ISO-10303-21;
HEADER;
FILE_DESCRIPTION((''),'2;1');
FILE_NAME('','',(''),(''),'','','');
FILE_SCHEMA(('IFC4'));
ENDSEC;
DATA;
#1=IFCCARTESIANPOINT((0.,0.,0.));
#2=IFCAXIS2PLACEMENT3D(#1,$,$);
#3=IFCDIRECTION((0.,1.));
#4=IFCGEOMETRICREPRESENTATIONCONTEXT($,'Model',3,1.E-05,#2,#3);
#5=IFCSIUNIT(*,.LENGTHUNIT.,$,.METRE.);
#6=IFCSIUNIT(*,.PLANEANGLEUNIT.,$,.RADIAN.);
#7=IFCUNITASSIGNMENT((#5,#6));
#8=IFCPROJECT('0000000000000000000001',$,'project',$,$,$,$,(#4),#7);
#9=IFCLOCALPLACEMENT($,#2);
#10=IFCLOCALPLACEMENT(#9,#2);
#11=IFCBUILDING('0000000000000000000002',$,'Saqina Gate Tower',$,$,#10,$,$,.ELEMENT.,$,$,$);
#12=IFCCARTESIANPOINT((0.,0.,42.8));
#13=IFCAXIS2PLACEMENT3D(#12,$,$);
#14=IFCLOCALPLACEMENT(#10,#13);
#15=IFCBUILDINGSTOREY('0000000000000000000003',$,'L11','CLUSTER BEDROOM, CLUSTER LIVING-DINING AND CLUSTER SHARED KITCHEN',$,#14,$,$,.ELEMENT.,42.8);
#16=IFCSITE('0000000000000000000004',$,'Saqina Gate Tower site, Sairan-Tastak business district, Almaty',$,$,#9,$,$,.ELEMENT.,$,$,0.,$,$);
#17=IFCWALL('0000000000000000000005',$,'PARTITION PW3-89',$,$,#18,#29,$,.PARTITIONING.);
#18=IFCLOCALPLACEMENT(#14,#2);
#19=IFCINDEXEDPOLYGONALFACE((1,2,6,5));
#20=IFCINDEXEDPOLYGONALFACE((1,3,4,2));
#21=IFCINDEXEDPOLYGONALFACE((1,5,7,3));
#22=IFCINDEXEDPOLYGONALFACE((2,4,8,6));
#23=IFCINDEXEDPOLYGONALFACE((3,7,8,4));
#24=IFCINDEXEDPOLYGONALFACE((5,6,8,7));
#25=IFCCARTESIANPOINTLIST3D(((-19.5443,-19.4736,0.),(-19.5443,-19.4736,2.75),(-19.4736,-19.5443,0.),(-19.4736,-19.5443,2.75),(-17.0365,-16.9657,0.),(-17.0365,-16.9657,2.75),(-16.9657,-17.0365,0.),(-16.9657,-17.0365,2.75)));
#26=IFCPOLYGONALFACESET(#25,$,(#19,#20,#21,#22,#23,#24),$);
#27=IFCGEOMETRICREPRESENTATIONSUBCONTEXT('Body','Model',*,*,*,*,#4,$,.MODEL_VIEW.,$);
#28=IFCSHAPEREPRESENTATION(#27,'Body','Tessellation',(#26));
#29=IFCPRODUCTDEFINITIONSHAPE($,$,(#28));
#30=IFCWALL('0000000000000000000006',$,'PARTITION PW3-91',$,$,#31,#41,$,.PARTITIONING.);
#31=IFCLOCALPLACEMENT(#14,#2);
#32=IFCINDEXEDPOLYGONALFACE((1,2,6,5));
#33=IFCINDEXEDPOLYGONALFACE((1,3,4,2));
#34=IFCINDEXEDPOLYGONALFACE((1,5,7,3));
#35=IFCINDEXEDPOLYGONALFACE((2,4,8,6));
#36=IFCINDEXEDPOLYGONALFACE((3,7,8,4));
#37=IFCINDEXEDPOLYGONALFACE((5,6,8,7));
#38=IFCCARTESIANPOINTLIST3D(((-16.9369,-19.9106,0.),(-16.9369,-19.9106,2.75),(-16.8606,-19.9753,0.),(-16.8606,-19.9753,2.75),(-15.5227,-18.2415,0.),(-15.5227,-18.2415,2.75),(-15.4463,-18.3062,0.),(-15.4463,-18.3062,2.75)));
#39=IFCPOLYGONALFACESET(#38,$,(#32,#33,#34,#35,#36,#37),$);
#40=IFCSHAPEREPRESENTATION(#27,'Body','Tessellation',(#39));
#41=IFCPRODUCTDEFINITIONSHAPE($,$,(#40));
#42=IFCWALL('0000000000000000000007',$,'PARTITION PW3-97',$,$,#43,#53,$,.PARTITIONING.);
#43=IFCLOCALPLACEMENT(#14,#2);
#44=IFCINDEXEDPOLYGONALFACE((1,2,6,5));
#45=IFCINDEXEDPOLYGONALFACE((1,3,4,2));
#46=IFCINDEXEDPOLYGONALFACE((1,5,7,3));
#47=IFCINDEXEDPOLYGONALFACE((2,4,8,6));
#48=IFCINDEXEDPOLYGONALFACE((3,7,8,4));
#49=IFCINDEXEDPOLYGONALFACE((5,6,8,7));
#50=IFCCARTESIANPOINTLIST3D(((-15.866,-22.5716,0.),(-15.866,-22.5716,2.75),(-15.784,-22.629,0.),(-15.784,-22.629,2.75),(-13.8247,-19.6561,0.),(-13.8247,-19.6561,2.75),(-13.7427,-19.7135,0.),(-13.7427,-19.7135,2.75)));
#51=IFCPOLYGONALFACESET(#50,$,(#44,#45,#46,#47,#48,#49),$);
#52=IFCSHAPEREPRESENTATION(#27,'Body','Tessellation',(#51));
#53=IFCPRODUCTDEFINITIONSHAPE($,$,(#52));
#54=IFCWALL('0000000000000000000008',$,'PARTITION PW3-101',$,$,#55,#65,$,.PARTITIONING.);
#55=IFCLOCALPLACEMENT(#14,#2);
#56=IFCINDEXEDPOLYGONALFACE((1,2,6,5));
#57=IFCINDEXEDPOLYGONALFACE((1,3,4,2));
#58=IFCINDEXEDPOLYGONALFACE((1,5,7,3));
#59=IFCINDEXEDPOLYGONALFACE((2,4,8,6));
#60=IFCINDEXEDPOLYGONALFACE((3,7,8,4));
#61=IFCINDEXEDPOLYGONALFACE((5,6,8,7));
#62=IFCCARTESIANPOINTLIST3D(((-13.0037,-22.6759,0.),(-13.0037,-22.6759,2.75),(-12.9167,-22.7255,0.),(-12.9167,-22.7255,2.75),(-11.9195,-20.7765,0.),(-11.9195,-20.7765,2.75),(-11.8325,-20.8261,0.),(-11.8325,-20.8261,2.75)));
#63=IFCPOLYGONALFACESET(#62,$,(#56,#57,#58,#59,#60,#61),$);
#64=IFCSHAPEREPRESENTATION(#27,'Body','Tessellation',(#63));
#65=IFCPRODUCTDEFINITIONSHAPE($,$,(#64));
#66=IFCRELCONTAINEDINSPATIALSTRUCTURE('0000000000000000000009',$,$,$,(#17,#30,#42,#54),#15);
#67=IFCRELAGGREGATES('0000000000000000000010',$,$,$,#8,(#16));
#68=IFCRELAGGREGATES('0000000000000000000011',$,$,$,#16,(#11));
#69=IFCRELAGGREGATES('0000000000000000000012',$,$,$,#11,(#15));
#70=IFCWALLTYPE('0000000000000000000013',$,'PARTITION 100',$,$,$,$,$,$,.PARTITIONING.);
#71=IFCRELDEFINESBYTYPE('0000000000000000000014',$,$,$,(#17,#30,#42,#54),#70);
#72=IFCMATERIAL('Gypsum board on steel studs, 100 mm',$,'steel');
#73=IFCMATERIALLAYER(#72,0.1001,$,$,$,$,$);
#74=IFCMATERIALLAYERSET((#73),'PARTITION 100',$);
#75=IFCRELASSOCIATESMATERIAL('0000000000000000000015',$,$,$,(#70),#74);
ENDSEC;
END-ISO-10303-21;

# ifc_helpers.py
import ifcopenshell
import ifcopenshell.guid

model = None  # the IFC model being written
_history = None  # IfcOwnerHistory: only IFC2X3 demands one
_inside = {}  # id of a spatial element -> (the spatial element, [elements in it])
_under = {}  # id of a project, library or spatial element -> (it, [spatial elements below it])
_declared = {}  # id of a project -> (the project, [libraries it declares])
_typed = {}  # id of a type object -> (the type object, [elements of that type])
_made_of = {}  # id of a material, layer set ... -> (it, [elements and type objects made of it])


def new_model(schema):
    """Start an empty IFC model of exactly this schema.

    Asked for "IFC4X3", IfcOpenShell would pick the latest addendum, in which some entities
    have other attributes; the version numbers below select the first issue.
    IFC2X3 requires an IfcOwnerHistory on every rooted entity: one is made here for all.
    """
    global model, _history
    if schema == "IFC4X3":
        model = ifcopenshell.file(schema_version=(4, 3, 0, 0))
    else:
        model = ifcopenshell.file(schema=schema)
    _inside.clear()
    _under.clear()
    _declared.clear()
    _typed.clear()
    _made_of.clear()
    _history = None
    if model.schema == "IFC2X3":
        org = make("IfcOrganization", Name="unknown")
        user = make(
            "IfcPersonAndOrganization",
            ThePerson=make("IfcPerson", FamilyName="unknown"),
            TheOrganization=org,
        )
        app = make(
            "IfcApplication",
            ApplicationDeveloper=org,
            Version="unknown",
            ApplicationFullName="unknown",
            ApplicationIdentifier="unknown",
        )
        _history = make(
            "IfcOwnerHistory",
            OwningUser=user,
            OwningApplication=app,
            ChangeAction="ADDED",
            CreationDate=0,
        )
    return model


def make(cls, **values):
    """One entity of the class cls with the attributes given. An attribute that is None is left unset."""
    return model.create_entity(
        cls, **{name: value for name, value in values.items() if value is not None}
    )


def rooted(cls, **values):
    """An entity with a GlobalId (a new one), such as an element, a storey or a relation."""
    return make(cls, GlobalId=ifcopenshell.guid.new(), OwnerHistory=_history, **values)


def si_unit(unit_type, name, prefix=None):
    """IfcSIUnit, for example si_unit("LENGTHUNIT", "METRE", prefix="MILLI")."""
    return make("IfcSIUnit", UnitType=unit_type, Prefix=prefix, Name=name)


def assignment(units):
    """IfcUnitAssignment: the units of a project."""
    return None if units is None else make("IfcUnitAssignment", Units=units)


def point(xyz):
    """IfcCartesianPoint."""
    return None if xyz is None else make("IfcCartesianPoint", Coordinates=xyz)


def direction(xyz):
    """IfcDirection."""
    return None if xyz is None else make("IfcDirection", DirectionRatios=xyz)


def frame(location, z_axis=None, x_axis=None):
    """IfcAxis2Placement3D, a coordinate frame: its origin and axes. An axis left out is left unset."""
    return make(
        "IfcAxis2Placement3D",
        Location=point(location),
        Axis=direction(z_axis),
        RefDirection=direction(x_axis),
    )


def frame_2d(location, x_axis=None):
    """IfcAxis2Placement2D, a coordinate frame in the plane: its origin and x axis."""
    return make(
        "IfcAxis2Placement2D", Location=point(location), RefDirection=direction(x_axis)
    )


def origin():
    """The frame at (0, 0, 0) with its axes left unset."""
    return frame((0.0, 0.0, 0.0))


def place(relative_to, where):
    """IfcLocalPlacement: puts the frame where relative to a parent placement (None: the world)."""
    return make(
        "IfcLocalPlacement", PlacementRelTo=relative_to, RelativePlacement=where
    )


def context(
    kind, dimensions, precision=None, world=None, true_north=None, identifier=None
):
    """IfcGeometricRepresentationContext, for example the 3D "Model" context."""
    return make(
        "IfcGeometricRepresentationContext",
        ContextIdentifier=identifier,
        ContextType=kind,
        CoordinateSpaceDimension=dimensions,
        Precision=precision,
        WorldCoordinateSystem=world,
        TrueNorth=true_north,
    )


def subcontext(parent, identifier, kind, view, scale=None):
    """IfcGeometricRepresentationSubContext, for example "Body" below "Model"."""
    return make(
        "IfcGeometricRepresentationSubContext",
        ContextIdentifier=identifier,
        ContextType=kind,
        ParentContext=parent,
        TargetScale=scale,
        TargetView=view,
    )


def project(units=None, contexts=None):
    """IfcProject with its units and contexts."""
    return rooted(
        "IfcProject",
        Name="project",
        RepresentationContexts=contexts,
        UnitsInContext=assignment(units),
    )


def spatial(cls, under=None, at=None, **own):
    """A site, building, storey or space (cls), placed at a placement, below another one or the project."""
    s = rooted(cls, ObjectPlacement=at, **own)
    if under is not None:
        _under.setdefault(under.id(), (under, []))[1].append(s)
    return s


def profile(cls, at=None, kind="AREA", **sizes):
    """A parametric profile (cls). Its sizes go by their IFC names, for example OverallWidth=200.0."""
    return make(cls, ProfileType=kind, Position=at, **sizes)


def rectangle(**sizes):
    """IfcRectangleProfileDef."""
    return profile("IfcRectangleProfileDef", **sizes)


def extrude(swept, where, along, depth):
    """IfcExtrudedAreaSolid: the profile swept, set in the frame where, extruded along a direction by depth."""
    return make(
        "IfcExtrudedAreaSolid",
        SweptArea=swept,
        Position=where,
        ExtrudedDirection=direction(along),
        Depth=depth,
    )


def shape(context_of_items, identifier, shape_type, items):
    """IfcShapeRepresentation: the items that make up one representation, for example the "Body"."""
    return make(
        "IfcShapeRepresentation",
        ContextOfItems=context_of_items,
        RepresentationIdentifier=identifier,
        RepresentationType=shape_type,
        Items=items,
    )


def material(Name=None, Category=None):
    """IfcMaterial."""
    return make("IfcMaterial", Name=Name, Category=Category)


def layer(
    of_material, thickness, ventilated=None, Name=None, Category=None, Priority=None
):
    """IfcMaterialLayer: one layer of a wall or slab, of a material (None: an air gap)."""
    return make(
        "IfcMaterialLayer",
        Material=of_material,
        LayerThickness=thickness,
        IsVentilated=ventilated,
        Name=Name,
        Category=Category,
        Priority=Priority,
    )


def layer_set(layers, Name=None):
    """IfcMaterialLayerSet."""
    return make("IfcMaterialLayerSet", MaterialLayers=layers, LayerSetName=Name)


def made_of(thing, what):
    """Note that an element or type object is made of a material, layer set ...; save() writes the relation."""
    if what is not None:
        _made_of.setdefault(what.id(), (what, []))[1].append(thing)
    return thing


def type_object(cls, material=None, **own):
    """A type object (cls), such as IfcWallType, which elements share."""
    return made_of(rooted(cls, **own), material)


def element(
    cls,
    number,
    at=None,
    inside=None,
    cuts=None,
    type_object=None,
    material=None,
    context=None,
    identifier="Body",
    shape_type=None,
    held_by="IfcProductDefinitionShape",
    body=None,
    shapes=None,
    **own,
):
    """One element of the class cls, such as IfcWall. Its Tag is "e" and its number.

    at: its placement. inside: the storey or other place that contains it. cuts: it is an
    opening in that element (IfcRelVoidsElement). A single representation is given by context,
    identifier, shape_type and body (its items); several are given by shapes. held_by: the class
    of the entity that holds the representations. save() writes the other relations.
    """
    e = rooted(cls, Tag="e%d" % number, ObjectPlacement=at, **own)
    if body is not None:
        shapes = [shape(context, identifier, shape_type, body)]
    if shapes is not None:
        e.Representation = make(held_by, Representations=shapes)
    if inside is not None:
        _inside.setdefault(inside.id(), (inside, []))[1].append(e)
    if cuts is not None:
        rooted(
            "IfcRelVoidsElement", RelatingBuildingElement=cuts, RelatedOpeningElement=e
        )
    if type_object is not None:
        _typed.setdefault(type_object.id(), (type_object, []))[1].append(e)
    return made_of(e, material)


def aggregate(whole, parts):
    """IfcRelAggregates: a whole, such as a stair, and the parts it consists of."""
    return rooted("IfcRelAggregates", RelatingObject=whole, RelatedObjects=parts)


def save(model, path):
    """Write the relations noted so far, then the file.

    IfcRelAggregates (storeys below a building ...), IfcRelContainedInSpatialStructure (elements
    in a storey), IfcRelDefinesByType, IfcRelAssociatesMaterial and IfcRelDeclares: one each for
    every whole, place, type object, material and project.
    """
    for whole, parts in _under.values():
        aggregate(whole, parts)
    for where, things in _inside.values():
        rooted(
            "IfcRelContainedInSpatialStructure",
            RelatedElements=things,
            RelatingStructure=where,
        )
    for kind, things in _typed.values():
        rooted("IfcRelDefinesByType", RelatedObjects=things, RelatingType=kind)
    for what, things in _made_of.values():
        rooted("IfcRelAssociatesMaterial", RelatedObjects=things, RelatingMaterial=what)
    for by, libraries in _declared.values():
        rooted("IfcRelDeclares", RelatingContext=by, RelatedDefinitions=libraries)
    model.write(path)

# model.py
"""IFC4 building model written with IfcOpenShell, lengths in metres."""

from ifc_helpers import new_model, si_unit, direction, frame, frame_2d, origin, place, context, subcontext, project, spatial, rectangle, extrude, material, layer, layer_set, type_object, element, save


model = new_model("IFC4")

# Units and contexts
model_context = context("Model", 3, precision=1e-05, world=origin(), true_north=direction((0.0, 1.0)))
body_context = subcontext(model_context, "Body", "Model", "MODEL_VIEW")
ifc_project = project(units=[si_unit("LENGTHUNIT", "METRE"), si_unit("PLANEANGLEUNIT", "RADIAN")], contexts=[model_context])

# Site, building, storey
site_placement = place(None, origin())
site = spatial("IfcSite", under=ifc_project, at=site_placement, Name="Saqina Gate Tower site, Sairan-Tastak business district, Almaty", CompositionType="ELEMENT", RefElevation=0.0)
building_placement = place(site_placement, origin())
building = spatial("IfcBuilding", under=site, at=building_placement, Name="Saqina Gate Tower", CompositionType="ELEMENT")
storey_placement = place(building_placement, frame((0.0, 0.0, 42.8)))
storey = spatial("IfcBuildingStorey", under=building, at=storey_placement, Name="L11", Description="CLUSTER BEDROOM, CLUSTER LIVING-DINING AND CLUSTER SHARED KITCHEN", CompositionType="ELEMENT", Elevation=42.8)

# Shared definitions
ifc_material_1 = material(Name="Gypsum board on steel studs, 100 mm", Category="steel")
ifc_layer_1 = layer(ifc_material_1, 0.1001)
ifc_layer_set_1 = layer_set([ifc_layer_1], Name="PARTITION 100")
wall_type_1 = type_object("IfcWallType", Name="PARTITION 100", PredefinedType="PARTITIONING", material=ifc_layer_set_1)

# Walls
wall_1_placement = place(storey_placement, frame((-19.509, -19.509, 0.0), z_axis=(0.0, 0.0, 1.0), x_axis=(0.707107, 0.707107, 0.0)))
element("IfcWall", 1, at=wall_1_placement, inside=storey, type_object=wall_type_1, Name="PARTITION PW3-89", PredefinedType="PARTITIONING", context=body_context, shape_type="SweptSolid", body=[
    extrude(rectangle(XDim=3.5466, YDim=0.1001, at=frame_2d((1.7734, 0.0))), origin(), (0.0, 0.0, 1.0), 2.75),
])
wall_2_placement = place(storey_placement, frame((-16.8987, -19.9429, 0.0), z_axis=(0.0, 0.0, 1.0), x_axis=(0.646452, 0.762954, 0.0)))
element("IfcWall", 2, at=wall_2_placement, inside=storey, type_object=wall_type_1, Name="PARTITION PW3-91", PredefinedType="PARTITIONING", context=body_context, shape_type="SweptSolid", body=[
    extrude(rectangle(XDim=2.1877, YDim=0.1001, at=frame_2d((1.0938, 0.0))), origin(), (0.0, 0.0, 1.0), 2.75),
])
wall_3_placement = place(storey_placement, frame((-15.825, -22.6003, 0.0), z_axis=(0.0, 0.0, 1.0), x_axis=(0.573536, 0.81918, 0.0)))
element("IfcWall", 3, at=wall_3_placement, inside=storey, type_object=wall_type_1, Name="PARTITION PW3-97", PredefinedType="PARTITIONING", context=body_context, shape_type="SweptSolid", body=[
    extrude(rectangle(XDim=3.5591, YDim=0.1001, at=frame_2d((1.7795, 0.0))), origin(), (0.0, 0.0, 1.0), 2.75),
])
wall_4_placement = place(storey_placement, frame((-12.9602, -22.7007, 0.0), z_axis=(0.0, 0.0, 1.0), x_axis=(0.495742, 0.86847, 0.0)))
element("IfcWall", 4, at=wall_4_placement, inside=storey, type_object=wall_type_1, Name="PARTITION PW3-101", PredefinedType="PARTITIONING", context=body_context, shape_type="SweptSolid", body=[
    extrude(rectangle(XDim=2.187, YDim=0.1001, at=frame_2d((1.0935, 0.0))), origin(), (0.0, 0.0, 1.0), 2.75),
])

save(model, "model.ifc")
